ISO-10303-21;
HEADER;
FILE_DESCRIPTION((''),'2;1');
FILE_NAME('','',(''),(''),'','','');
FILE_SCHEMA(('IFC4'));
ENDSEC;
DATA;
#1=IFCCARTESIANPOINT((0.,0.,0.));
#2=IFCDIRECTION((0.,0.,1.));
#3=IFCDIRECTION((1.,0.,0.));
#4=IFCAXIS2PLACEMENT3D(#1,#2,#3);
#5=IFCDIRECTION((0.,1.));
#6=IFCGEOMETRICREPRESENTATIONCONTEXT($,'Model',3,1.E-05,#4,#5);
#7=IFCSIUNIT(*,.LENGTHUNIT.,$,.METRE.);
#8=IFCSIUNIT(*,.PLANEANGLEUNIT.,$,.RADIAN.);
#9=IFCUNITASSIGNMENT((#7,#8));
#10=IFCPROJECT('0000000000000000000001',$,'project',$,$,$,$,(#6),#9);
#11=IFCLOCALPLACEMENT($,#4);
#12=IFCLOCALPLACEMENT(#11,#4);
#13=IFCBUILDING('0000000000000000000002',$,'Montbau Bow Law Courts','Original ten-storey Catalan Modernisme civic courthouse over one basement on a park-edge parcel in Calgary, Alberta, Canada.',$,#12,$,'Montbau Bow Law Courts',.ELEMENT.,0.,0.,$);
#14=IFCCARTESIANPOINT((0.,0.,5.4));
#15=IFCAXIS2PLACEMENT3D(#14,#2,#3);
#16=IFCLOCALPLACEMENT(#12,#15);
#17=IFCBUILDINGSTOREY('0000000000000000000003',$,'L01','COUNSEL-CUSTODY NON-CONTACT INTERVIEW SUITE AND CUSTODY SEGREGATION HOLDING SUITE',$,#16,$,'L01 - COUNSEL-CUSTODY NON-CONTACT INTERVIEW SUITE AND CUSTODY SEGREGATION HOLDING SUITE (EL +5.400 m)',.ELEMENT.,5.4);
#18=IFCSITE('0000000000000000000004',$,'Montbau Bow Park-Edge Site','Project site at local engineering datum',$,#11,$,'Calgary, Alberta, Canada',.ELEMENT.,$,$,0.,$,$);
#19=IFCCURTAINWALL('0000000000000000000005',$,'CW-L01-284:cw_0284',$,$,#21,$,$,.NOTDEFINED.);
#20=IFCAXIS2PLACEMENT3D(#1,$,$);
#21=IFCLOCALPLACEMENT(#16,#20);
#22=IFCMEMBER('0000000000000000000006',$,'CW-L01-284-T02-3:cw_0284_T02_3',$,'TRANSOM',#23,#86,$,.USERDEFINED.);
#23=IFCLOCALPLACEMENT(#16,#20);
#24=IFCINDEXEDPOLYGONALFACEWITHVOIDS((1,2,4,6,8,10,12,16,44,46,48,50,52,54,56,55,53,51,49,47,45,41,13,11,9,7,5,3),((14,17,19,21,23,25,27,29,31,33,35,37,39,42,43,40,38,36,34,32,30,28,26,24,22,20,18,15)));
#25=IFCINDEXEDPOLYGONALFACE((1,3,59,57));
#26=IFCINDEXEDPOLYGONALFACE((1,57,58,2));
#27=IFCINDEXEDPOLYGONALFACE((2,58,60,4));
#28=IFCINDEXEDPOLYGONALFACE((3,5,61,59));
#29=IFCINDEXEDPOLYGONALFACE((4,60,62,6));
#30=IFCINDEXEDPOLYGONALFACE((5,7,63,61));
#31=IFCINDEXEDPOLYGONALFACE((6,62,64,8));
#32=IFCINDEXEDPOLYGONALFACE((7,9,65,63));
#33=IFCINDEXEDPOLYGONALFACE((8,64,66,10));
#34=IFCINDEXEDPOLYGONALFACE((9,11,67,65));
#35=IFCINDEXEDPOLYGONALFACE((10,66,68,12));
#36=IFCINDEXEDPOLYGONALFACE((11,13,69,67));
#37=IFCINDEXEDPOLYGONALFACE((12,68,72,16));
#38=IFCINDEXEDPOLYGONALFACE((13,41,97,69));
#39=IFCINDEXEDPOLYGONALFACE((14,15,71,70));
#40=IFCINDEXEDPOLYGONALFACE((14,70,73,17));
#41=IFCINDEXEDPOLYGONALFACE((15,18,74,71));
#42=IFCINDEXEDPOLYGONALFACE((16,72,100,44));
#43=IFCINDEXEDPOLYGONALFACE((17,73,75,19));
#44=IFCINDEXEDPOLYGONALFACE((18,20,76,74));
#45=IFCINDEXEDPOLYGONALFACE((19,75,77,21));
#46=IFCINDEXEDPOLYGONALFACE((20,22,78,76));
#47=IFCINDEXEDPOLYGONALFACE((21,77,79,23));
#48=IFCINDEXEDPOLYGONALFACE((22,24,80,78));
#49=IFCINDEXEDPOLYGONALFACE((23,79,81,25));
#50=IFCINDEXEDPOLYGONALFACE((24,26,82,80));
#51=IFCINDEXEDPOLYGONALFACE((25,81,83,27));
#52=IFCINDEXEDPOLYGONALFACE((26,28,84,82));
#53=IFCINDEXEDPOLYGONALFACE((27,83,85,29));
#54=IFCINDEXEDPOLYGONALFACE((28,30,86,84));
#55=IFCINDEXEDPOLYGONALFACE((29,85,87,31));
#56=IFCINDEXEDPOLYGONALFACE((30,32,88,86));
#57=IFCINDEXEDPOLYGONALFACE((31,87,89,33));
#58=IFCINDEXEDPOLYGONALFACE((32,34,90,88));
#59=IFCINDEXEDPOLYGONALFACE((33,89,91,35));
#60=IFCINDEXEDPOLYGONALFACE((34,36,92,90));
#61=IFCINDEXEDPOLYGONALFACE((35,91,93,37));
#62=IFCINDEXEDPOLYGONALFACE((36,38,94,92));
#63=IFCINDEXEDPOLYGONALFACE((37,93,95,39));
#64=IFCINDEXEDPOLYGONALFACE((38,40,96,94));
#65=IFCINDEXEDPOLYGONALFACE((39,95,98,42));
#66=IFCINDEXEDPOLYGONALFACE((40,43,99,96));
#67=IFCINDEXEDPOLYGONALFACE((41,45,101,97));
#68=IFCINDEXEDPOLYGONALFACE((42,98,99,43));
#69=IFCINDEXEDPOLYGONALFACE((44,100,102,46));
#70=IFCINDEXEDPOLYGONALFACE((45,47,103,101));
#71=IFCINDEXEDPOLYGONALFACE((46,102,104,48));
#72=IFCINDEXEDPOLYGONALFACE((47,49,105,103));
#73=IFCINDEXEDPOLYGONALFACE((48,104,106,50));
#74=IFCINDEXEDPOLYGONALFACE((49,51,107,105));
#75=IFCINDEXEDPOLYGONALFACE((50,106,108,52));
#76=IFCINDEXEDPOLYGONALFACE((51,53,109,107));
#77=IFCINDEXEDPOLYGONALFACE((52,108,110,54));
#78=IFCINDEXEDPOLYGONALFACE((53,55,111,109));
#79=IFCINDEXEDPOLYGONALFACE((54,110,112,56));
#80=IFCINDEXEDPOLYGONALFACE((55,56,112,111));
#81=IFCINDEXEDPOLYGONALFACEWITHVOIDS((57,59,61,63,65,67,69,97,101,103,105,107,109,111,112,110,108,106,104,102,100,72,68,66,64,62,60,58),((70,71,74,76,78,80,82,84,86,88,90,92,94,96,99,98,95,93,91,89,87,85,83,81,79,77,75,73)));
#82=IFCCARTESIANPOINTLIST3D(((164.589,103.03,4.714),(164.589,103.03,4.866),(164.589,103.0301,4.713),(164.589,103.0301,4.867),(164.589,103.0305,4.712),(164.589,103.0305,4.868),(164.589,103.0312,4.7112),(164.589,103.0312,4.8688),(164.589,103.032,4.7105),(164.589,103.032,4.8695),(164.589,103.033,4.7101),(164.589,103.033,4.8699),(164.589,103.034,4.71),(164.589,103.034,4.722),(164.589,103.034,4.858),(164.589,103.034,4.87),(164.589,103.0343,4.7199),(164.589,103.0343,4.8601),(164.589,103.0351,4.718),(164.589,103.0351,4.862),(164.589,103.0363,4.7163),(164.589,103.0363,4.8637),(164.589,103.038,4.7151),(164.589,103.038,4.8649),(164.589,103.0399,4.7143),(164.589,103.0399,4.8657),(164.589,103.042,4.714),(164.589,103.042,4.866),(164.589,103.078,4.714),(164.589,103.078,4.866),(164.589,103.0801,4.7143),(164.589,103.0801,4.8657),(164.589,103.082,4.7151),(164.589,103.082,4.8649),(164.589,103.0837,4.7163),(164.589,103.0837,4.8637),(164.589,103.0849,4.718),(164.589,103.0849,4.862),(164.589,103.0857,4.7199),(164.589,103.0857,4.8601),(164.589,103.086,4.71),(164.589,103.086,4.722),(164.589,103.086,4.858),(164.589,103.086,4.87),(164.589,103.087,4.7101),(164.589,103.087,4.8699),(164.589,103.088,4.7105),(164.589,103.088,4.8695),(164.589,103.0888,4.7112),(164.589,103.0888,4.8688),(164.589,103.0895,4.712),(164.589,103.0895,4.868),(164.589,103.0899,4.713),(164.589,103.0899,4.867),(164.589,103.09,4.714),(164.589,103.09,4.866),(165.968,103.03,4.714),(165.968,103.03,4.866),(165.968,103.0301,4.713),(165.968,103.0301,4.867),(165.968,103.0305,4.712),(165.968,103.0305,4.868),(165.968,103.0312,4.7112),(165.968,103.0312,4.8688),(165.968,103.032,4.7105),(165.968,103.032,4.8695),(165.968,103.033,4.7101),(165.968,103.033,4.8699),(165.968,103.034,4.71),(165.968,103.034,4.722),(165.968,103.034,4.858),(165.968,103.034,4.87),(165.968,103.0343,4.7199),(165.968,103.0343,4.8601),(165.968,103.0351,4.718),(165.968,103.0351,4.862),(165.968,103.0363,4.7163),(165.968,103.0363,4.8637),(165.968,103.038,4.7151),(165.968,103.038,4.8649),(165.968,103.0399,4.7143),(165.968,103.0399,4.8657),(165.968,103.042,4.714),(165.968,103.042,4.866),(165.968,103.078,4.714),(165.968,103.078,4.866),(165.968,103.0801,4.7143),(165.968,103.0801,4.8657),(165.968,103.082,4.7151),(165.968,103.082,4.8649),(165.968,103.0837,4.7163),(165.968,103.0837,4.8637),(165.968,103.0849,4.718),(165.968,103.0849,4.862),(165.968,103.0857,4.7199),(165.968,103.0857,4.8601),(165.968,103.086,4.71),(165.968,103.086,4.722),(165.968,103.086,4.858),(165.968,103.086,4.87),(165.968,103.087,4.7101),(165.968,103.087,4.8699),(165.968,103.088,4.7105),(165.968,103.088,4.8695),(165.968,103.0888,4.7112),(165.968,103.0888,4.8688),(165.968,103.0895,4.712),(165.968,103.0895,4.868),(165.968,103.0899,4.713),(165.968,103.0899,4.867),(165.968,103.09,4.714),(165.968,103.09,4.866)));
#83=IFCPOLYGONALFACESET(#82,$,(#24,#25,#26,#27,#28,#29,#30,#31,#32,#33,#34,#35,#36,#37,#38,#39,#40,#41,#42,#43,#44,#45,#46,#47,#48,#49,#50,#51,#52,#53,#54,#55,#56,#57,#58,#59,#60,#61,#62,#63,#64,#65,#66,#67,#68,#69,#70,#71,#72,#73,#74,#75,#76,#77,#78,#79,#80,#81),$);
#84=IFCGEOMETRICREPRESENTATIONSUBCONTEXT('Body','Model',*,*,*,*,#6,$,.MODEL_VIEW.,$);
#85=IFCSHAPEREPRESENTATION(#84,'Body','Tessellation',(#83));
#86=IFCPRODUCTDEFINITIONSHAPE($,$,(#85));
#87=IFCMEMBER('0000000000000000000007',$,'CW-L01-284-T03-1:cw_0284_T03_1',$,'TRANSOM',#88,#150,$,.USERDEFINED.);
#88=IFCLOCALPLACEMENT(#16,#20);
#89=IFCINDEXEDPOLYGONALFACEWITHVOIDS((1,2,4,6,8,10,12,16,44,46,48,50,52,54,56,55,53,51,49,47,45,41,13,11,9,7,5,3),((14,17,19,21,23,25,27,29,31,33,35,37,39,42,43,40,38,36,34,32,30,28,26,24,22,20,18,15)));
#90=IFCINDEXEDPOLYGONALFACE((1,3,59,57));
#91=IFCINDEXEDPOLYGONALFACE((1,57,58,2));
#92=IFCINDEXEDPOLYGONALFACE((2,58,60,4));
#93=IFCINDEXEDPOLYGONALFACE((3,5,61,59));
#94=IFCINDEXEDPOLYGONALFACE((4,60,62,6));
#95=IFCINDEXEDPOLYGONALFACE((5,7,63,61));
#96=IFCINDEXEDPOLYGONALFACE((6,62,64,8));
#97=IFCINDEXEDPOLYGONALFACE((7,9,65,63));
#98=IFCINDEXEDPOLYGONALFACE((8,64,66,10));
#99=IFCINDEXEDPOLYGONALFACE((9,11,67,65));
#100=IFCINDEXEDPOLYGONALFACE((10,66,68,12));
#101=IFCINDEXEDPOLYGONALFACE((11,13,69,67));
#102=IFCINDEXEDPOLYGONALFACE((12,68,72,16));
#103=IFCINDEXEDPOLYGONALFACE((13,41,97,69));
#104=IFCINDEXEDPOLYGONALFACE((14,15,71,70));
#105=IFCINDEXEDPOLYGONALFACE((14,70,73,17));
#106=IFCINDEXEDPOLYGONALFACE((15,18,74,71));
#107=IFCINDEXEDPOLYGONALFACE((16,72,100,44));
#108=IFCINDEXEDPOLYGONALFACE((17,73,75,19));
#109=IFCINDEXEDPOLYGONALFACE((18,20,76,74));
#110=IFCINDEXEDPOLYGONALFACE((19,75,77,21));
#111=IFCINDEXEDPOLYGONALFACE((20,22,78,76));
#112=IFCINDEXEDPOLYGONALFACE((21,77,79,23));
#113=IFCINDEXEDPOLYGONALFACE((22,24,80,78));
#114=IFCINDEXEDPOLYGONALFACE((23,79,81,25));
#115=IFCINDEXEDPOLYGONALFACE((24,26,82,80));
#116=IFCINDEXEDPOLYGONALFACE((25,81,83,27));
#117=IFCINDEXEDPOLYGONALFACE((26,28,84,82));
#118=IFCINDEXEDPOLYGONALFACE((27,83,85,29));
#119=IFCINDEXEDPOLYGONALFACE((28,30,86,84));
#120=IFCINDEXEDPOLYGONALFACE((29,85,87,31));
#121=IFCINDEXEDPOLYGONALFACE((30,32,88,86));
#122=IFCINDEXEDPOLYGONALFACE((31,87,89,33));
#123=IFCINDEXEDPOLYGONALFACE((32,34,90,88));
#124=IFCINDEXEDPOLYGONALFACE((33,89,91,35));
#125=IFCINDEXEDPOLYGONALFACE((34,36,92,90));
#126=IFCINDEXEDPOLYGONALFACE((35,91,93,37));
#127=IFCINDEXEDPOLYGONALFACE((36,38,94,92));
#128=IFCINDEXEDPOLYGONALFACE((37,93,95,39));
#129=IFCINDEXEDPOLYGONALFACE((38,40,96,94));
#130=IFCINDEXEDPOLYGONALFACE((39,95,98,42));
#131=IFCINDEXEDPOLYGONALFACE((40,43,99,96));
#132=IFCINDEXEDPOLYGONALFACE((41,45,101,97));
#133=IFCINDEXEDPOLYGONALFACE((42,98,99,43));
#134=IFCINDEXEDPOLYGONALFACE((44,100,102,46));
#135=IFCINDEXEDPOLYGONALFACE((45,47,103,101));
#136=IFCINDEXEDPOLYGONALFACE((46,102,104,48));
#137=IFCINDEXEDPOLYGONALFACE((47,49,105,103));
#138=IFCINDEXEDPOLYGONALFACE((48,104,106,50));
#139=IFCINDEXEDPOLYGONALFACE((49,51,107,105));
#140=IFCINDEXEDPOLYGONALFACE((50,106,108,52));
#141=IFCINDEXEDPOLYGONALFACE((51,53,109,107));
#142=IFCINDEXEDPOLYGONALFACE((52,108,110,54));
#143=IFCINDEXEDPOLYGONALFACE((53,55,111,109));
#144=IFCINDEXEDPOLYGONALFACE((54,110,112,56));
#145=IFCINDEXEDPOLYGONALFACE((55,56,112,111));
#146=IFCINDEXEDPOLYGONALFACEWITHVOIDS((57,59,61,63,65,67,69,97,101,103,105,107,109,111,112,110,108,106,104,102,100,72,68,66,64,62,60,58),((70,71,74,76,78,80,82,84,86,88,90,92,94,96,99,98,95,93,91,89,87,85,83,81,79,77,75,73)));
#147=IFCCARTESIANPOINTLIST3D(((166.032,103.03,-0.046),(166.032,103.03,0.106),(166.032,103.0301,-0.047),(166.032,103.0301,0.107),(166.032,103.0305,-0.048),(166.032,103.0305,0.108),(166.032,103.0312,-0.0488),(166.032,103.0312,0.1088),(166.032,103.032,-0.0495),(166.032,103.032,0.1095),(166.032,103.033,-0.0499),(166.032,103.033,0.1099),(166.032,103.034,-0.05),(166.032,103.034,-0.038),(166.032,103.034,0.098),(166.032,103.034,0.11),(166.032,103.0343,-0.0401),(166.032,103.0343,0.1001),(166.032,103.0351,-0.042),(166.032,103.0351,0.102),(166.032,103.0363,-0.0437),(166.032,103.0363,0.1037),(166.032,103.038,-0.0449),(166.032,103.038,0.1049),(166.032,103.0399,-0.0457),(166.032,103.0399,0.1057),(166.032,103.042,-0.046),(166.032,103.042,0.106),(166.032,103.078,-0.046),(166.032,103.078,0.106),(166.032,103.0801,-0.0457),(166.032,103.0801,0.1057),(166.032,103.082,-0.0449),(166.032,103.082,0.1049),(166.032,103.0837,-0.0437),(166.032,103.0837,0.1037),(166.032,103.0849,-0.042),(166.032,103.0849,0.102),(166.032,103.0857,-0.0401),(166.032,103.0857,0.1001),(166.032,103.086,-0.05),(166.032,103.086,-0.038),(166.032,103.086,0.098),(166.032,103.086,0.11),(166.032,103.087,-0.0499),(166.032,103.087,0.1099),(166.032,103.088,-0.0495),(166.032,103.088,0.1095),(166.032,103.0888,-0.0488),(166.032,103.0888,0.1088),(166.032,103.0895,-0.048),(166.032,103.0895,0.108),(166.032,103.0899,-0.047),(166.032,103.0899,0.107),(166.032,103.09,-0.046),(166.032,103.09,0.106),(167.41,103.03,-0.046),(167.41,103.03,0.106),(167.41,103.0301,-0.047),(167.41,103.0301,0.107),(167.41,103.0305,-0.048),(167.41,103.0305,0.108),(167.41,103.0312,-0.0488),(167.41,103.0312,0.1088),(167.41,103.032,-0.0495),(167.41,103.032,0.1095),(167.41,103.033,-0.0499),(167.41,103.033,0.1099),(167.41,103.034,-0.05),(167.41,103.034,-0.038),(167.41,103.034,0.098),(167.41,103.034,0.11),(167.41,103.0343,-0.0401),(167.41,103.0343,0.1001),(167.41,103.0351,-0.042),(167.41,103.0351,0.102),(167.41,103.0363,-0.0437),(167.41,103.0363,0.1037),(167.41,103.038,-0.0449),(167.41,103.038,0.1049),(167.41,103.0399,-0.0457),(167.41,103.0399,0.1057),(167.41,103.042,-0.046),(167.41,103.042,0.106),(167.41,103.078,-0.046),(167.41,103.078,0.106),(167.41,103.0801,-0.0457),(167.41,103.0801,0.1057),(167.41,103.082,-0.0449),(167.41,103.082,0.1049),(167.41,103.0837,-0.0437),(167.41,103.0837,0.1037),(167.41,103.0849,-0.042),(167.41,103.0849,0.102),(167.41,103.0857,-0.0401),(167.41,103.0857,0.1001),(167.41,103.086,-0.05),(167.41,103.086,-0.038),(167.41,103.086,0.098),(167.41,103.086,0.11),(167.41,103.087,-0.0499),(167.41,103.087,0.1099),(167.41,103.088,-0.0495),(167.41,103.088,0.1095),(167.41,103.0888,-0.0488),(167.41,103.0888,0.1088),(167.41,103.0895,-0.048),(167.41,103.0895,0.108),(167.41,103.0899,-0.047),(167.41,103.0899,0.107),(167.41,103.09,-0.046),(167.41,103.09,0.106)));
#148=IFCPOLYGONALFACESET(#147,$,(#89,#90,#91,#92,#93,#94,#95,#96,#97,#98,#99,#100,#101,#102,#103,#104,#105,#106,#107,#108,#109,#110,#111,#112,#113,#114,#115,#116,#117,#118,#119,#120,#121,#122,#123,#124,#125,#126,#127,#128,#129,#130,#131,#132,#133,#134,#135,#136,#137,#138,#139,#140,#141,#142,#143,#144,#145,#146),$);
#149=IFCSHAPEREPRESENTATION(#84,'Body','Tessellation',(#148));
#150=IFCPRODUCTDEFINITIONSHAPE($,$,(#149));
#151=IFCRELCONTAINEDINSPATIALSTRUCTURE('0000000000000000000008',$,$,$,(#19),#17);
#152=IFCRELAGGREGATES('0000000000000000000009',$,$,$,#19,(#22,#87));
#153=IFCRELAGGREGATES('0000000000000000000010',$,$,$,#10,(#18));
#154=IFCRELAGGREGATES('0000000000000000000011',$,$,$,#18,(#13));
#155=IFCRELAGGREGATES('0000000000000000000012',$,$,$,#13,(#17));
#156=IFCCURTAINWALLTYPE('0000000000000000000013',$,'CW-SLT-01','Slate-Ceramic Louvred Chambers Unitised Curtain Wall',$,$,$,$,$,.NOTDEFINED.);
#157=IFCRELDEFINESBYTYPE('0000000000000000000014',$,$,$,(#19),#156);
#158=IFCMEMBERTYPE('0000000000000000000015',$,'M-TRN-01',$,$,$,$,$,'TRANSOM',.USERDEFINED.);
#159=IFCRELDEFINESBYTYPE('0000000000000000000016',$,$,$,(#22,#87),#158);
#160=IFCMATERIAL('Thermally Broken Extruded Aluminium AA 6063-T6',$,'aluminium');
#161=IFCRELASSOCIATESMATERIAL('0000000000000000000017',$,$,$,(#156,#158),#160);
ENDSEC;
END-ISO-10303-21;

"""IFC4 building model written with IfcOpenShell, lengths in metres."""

from ifc_helpers import new_model, si_unit, direction, frame, origin_with_axes, origin_2d_with_axis, place, context, subcontext, project, spatial, hollow_rectangle, extrude, material, material_profile, profile_set, type_object, element, aggregate, save


model = new_model("IFC4")

# Units and contexts
model_context = context("Model", 3, precision=1e-05, world=origin_with_axes(), true_north=direction((0.0, 1.0)))
body_context = subcontext(model_context, "Body", "Model", "MODEL_VIEW")
ifc_project = project(units=[si_unit("LENGTHUNIT", "METRE"), si_unit("PLANEANGLEUNIT", "RADIAN")], contexts=[model_context])

# Site, building, storey
site_placement = place(None, origin_with_axes())
site = spatial("IfcSite", under=ifc_project, at=site_placement, Name="Montbau Bow Park-Edge Site", Description="Project site at local engineering datum", LongName="Calgary, Alberta, Canada", CompositionType="ELEMENT", RefElevation=0.0)
building_placement = place(site_placement, origin_with_axes())
building = spatial("IfcBuilding", under=site, at=building_placement, Name="Montbau Bow Law Courts", Description="Original ten-storey Catalan Modernisme civic courthouse over one basement on a park-edge parcel in Calgary, Alberta, Canada.", LongName="Montbau Bow Law Courts", CompositionType="ELEMENT", ElevationOfRefHeight=0.0, ElevationOfTerrain=0.0)
storey_placement = place(building_placement, frame((0.0, 0.0, 5.4), z_axis=(0.0, 0.0, 1.0), x_axis=(1.0, 0.0, 0.0)))
storey = spatial("IfcBuildingStorey", under=building, at=storey_placement, Name="L01", Description="COUNSEL-CUSTODY NON-CONTACT INTERVIEW SUITE AND CUSTODY SEGREGATION HOLDING SUITE", LongName="L01 - COUNSEL-CUSTODY NON-CONTACT INTERVIEW SUITE AND CUSTODY SEGREGATION HOLDING SUITE (EL +5.400 m)", CompositionType="ELEMENT", Elevation=5.4)

# Shared definitions
ifc_material_1 = material(Name="Thermally Broken Extruded Aluminium AA 6063-T6", Category="aluminium")
curtain_wall_type = type_object("IfcCurtainWallType", Name="CW-SLT-01", Description="Slate-Ceramic Louvred Chambers Unitised Curtain Wall", PredefinedType="NOTDEFINED", material=ifc_material_1)

# Curtain wall, members
curtain_wall_1_placement = place(None, frame((163.115, 103.06, 5.4), z_axis=(0.0, 0.0, 1.0), x_axis=(1.0, 0.0, 0.0)))
curtain_wall_1 = element("IfcCurtainWall", 1, at=curtain_wall_1_placement, inside=storey, type_object=curtain_wall_type, Name="CW-L01-284:cw_0284", PredefinedType="NOTDEFINED")
ifc_material_profile_1 = material_profile(ifc_material_1, hollow_rectangle(XDim=0.06, YDim=0.16, WallThickness=0.004, InnerFilletRadius=0.008, OuterFilletRadius=0.004, at=origin_2d_with_axis()), Name="CWT-160X60", Category="Main", Priority=0)
ifc_profile_set_1 = profile_set([ifc_material_profile_1], Name="Thermally Broken Extruded Aluminium AA 6063-T6")
member_type_1 = type_object("IfcMemberType", Name="M-TRN-01", ElementType="TRANSOM", PredefinedType="USERDEFINED", material=ifc_profile_set_1)
member_1_placement = place(None, frame((164.589, 103.06, 10.19), z_axis=(1.0, 0.0, 0.0), x_axis=(0.0, 1.0, 0.0)))
member_1 = element("IfcMember", 2, at=member_1_placement, type_object=member_type_1, Name="CW-L01-284-T02-3:cw_0284_T02_3", ObjectType="TRANSOM", PredefinedType="USERDEFINED", context=body_context, shape_type="SweptSolid", body=[
    extrude(hollow_rectangle(XDim=0.06, YDim=0.16, WallThickness=0.004, InnerFilletRadius=0.008, OuterFilletRadius=0.004, at=origin_2d_with_axis()), origin_with_axes(), (0.0, 0.0, 1.0), 1.379),
])
member_2_placement = place(None, frame((166.032, 103.06, 5.43), z_axis=(1.0, 0.0, 0.0), x_axis=(0.0, 1.0, 0.0)))
member_2 = element("IfcMember", 3, at=member_2_placement, type_object=member_type_1, Name="CW-L01-284-T03-1:cw_0284_T03_1", ObjectType="TRANSOM", PredefinedType="USERDEFINED", context=body_context, shape_type="SweptSolid", body=[
    extrude(hollow_rectangle(XDim=0.06, YDim=0.16, WallThickness=0.004, InnerFilletRadius=0.008, OuterFilletRadius=0.004, at=origin_2d_with_axis()), origin_with_axes(), (0.0, 0.0, 1.0), 1.378),
])

aggregate(curtain_wall_1, [member_1, member_2])

save(model, "model.ifc")
